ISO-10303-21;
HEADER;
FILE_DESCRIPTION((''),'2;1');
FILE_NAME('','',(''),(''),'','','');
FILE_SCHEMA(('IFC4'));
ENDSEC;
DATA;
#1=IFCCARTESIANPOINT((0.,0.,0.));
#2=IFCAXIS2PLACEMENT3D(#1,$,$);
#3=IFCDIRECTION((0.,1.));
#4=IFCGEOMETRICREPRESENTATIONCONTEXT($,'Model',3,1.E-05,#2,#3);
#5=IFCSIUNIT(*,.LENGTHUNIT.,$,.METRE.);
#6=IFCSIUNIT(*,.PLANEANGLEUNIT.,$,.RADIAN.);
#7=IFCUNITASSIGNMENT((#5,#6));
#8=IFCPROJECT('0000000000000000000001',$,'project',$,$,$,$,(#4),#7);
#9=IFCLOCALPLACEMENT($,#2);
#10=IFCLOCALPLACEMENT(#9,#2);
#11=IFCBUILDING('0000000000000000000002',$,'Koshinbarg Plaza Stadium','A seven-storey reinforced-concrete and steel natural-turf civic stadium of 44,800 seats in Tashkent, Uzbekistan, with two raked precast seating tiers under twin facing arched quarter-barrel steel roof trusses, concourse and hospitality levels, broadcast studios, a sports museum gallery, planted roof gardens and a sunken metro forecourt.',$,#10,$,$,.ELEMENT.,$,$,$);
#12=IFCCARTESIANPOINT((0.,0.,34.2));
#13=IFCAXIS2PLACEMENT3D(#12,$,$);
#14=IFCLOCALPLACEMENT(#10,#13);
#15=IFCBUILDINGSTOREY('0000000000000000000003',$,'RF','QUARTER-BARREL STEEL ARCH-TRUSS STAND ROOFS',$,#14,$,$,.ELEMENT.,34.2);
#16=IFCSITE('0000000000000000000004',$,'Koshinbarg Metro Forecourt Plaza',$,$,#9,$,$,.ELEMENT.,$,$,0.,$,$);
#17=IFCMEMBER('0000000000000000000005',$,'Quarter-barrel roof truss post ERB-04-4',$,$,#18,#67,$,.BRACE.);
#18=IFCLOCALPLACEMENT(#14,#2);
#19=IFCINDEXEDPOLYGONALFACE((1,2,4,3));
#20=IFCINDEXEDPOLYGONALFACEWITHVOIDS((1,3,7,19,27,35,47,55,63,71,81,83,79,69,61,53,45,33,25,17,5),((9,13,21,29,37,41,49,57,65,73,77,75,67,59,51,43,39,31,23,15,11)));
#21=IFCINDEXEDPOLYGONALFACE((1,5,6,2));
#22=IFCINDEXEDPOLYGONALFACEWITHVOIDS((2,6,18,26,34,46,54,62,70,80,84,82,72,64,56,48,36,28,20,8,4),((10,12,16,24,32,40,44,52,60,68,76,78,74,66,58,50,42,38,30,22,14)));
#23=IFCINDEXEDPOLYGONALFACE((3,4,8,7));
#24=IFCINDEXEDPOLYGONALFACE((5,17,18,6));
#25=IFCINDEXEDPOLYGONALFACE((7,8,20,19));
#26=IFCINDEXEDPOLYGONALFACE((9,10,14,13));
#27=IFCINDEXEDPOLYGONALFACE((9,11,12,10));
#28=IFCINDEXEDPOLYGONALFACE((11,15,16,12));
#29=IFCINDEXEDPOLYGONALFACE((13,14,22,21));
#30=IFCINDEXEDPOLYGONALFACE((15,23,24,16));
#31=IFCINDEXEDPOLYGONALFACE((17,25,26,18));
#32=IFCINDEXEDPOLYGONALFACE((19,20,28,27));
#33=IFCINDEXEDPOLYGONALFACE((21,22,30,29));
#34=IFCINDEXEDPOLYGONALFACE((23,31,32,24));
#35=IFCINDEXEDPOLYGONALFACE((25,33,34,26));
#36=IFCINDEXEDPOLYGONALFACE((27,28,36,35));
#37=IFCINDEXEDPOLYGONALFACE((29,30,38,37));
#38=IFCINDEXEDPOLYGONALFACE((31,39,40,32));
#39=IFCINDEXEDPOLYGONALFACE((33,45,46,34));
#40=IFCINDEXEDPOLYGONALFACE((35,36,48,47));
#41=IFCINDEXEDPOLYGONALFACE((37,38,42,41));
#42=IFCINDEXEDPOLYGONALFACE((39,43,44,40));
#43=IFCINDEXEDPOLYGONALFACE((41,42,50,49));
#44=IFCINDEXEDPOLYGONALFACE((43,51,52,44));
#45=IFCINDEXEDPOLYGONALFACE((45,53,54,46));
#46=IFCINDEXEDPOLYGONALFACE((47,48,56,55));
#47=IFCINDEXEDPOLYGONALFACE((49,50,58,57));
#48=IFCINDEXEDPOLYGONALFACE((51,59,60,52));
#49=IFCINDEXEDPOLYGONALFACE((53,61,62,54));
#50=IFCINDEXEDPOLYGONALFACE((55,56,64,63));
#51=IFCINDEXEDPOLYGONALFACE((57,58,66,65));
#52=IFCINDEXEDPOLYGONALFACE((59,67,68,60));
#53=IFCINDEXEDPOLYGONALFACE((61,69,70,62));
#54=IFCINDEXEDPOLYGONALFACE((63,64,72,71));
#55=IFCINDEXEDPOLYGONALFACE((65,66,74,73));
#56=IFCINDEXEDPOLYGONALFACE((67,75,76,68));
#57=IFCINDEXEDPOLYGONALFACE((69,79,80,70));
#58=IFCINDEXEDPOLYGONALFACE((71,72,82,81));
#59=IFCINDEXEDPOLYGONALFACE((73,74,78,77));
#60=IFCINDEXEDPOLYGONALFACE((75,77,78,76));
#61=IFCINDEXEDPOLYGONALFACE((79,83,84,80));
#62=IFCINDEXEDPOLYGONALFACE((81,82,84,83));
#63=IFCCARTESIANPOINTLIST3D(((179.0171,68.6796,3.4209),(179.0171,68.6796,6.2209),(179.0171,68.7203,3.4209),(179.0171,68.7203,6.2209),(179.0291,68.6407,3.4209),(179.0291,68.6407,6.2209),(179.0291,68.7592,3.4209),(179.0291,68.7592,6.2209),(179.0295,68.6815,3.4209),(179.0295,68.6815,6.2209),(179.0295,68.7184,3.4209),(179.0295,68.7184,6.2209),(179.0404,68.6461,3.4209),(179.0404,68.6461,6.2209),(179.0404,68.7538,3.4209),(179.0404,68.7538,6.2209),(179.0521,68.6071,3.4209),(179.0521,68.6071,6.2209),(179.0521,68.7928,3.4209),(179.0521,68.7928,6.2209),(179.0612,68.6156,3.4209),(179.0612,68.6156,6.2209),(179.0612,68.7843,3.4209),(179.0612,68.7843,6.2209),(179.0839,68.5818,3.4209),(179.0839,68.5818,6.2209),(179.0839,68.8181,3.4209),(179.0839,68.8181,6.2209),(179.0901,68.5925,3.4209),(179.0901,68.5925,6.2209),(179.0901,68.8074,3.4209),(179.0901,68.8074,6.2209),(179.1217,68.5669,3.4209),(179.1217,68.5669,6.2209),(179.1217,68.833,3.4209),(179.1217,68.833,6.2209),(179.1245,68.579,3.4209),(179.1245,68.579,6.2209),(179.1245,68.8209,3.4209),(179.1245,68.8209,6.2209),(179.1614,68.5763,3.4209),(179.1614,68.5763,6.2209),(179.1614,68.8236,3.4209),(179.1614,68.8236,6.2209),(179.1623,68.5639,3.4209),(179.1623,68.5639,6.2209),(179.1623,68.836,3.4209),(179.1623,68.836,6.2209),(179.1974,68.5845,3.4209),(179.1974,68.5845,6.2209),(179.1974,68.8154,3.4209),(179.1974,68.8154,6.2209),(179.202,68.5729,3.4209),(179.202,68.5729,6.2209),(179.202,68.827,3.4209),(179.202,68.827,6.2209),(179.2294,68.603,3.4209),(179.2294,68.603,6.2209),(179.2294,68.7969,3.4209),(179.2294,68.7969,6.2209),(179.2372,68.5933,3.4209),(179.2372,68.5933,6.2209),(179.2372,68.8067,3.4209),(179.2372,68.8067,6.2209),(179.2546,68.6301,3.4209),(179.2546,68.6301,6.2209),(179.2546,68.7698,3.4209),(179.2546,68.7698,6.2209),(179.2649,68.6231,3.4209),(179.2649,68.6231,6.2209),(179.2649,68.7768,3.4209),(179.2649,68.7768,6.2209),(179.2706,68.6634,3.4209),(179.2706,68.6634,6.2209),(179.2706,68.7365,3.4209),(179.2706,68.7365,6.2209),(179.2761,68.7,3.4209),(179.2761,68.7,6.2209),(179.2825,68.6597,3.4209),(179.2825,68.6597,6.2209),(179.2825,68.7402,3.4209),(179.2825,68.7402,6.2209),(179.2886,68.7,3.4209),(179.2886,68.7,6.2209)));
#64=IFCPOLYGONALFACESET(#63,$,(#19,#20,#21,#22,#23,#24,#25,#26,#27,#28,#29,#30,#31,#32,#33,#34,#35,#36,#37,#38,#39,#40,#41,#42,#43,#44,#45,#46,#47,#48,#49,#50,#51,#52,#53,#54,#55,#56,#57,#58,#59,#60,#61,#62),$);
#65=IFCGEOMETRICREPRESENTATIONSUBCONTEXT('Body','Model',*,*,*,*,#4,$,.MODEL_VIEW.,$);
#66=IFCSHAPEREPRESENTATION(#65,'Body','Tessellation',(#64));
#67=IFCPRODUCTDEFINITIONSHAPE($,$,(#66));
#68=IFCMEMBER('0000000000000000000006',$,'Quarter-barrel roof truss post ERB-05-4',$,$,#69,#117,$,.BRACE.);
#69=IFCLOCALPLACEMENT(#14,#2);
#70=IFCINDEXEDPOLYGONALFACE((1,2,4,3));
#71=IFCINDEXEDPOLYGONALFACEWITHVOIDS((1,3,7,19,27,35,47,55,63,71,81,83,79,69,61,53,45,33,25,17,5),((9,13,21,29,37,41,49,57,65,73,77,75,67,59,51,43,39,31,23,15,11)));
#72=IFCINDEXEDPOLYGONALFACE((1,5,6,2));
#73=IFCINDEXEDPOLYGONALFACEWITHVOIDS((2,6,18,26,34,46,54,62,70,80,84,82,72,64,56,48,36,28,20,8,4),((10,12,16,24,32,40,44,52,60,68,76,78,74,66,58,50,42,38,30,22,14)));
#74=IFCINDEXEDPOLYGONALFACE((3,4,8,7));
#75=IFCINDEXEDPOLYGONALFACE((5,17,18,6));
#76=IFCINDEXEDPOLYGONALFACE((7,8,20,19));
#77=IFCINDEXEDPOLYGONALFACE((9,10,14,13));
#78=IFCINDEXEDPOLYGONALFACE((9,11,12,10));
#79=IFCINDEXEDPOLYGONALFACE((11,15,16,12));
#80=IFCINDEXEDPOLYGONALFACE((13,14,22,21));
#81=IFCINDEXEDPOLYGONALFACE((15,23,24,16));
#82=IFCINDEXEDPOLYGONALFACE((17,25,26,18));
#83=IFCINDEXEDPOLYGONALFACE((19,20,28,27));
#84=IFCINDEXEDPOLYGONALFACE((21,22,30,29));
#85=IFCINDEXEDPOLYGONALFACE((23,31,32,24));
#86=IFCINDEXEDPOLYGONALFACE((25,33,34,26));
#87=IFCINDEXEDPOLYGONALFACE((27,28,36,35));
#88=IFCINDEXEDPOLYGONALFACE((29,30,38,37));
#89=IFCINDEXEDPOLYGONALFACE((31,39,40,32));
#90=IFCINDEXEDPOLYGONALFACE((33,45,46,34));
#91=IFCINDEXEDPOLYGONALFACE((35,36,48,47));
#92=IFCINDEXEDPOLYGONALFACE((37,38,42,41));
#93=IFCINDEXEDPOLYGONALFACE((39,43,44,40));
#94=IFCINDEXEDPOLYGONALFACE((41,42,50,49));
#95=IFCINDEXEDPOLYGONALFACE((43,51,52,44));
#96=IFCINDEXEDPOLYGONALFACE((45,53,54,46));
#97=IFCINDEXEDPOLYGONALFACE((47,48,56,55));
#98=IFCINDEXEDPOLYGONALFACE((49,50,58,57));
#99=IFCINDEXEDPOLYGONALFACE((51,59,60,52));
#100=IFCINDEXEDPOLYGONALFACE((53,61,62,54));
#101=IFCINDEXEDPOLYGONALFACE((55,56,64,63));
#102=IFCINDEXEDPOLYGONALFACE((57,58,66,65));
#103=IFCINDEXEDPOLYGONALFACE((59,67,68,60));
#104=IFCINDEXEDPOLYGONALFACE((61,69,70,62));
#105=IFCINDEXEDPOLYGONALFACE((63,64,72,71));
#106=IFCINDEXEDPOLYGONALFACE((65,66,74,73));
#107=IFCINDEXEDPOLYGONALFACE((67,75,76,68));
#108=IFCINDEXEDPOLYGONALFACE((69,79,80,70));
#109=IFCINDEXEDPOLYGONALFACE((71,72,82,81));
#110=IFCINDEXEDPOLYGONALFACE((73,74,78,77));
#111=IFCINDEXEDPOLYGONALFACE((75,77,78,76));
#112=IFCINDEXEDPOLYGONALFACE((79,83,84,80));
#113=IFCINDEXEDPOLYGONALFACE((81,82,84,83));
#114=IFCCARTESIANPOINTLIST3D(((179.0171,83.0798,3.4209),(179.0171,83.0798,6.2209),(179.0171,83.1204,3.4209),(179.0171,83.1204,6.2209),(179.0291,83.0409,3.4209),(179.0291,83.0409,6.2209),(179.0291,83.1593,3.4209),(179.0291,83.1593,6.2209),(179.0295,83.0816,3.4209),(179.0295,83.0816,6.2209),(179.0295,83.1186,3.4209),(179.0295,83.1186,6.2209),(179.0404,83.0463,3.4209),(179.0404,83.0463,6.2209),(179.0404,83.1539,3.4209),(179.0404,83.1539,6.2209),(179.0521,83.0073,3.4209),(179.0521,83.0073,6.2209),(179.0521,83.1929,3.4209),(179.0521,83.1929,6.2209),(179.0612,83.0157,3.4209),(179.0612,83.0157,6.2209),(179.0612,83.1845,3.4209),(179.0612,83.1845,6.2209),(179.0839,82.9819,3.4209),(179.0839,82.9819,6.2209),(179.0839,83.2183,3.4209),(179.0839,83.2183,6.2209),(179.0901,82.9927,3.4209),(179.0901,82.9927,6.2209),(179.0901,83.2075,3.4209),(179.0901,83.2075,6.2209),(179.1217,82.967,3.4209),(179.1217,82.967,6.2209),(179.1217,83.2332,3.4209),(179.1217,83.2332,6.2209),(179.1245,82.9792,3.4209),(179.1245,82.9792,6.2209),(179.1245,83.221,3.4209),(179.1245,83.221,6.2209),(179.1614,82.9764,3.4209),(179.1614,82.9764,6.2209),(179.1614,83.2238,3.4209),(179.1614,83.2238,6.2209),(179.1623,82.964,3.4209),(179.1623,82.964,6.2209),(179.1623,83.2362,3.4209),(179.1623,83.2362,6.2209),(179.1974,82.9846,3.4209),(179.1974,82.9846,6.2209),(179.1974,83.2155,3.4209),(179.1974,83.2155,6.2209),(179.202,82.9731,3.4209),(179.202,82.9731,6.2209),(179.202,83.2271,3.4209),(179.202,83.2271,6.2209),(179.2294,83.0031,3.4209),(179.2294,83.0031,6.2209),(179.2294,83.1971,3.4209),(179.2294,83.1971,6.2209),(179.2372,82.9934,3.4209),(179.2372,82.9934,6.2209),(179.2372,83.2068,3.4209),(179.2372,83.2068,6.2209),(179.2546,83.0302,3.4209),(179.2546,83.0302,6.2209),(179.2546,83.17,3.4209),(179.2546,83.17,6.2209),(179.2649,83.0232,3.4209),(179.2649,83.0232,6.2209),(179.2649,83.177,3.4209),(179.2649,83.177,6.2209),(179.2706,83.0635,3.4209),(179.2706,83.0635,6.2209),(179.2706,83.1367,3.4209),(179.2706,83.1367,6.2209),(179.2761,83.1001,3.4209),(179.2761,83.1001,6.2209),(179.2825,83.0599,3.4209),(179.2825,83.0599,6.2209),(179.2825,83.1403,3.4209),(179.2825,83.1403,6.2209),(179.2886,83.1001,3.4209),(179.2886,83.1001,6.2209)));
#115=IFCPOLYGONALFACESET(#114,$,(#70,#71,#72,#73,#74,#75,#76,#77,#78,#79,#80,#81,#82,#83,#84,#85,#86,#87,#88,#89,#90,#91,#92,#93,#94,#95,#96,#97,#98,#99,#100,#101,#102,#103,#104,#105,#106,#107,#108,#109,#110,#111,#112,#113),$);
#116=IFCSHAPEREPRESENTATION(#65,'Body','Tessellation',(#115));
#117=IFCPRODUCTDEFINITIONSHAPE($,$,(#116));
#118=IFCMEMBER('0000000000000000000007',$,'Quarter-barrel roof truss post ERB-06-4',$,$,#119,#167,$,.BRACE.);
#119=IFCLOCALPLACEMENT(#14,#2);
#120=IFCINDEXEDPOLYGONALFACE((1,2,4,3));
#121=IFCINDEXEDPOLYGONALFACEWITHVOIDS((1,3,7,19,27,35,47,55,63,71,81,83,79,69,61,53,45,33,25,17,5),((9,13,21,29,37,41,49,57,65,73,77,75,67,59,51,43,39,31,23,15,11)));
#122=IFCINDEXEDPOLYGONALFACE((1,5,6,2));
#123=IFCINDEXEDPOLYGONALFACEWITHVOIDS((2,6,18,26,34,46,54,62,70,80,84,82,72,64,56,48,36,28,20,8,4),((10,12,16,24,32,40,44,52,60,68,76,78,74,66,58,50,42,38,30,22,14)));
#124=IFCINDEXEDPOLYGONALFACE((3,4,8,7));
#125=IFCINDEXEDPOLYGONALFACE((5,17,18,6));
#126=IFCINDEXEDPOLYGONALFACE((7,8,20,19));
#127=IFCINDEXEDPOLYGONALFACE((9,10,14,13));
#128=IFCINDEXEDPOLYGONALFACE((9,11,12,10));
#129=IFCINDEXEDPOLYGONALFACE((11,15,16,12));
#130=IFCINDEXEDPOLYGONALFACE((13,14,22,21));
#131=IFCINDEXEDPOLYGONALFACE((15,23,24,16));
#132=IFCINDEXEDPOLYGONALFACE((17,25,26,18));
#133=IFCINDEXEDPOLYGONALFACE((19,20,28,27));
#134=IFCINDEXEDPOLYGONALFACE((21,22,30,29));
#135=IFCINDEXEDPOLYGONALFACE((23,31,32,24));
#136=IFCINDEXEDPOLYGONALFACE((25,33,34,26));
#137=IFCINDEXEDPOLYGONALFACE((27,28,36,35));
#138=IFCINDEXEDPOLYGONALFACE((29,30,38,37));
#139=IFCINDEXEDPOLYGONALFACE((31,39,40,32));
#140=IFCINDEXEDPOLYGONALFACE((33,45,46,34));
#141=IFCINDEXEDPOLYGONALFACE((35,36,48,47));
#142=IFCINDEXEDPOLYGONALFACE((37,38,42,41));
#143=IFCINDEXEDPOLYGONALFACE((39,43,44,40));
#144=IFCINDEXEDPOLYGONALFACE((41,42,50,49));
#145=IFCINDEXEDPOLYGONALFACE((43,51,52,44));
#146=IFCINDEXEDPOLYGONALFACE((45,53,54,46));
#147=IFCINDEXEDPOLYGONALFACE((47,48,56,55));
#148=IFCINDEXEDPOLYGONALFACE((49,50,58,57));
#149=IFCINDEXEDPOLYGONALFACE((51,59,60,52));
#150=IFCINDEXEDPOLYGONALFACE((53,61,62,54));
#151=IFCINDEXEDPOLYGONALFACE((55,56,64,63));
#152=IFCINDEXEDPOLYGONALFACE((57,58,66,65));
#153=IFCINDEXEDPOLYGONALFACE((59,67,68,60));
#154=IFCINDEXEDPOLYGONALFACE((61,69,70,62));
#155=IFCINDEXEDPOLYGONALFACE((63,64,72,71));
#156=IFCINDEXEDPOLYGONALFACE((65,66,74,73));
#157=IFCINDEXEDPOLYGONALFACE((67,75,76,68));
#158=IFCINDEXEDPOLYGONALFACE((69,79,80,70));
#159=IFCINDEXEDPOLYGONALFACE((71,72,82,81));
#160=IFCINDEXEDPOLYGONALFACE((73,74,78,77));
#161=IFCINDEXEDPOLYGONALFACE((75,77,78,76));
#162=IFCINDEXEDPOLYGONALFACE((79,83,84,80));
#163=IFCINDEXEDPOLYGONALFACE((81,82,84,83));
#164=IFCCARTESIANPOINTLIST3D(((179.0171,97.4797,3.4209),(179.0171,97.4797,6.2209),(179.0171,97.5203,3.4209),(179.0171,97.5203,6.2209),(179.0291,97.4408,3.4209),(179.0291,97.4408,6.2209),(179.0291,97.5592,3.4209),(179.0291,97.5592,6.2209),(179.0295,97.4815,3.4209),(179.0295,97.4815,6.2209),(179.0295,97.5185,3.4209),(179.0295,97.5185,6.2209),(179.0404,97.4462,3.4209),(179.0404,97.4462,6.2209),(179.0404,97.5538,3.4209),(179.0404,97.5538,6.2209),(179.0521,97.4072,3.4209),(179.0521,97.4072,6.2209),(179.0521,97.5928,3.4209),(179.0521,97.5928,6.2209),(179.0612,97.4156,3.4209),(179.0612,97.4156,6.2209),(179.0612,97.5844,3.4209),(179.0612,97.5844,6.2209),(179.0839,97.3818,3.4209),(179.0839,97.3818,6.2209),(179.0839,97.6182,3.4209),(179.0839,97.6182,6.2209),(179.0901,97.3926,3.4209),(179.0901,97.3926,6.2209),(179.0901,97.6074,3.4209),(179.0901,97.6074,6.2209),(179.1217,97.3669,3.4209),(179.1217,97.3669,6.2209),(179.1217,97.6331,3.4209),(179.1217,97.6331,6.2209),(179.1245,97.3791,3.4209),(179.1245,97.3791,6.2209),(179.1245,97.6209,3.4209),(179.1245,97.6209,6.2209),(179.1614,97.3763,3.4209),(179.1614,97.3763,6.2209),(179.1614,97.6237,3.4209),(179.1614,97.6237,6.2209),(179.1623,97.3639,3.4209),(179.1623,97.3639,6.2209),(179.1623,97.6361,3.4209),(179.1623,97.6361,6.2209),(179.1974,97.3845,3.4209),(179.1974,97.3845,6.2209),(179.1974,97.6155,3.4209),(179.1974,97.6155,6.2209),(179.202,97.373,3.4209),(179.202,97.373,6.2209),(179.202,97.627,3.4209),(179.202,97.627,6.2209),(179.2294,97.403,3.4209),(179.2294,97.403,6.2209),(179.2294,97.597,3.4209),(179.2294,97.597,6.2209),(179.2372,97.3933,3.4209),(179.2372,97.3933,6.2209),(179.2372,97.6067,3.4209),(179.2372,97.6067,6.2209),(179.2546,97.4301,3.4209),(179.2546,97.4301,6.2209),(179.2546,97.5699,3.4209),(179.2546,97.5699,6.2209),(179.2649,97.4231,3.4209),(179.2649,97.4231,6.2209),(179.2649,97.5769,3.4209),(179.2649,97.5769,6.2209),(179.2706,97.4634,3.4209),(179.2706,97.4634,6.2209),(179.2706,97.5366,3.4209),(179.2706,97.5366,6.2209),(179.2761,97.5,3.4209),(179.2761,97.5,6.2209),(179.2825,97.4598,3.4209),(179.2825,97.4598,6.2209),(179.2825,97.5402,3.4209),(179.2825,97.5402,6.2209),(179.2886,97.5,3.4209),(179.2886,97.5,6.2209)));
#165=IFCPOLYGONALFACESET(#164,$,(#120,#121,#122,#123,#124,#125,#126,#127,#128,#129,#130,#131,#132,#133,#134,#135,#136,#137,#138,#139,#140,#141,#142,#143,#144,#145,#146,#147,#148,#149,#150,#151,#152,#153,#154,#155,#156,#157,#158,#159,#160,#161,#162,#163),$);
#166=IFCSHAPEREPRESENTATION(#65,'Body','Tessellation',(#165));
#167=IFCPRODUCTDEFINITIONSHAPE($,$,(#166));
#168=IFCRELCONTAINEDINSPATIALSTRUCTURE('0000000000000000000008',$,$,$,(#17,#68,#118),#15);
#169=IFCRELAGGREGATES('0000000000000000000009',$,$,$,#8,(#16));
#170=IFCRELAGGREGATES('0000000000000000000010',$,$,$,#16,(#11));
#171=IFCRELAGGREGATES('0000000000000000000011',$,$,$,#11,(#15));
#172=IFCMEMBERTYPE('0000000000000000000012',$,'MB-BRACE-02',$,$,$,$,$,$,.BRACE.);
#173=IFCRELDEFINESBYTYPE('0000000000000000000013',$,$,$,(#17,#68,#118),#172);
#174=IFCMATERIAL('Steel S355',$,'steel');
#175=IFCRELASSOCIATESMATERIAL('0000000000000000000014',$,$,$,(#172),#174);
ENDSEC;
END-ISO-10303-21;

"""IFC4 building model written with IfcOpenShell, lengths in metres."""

from ifc_helpers import new_model, si_unit, direction, frame, origin, origin_2d, place, context, subcontext, project, spatial, hollow_circle, extrude, material, material_profile, profile_set, type_object, element, save


model = new_model("IFC4")

# Units and contexts
model_context = context("Model", 3, precision=1e-05, world=origin(), true_north=direction((0.0, 1.0)))
body_context = subcontext(model_context, "Body", "Model", "MODEL_VIEW")
ifc_project = project(units=[si_unit("LENGTHUNIT", "METRE"), si_unit("PLANEANGLEUNIT", "RADIAN")], contexts=[model_context])

# Site, building, storey
site_placement = place(None, origin())
site = spatial("IfcSite", under=ifc_project, at=site_placement, Name="Koshinbarg Metro Forecourt Plaza", CompositionType="ELEMENT", RefElevation=0.0)
building_placement = place(site_placement, origin())
building = spatial("IfcBuilding", under=site, at=building_placement, Name="Koshinbarg Plaza Stadium", Description="A seven-storey reinforced-concrete and steel natural-turf civic stadium of 44,800 seats in Tashkent, Uzbekistan, with two raked precast seating tiers under twin facing arched quarter-barrel steel roof trusses, concourse and hospitality levels, broadcast studios, a sports museum gallery, planted roof gardens and a sunken metro forecourt.", CompositionType="ELEMENT")
storey_placement = place(building_placement, frame((0.0, 0.0, 34.2)))
storey = spatial("IfcBuildingStorey", under=building, at=storey_placement, Name="RF", Description="QUARTER-BARREL STEEL ARCH-TRUSS STAND ROOFS", CompositionType="ELEMENT", Elevation=34.2)

# Members
ifc_material_1 = material(Name="Steel S355", Category="steel")
ifc_material_profile_1 = material_profile(ifc_material_1, hollow_circle(Radius=0.1365, WallThickness=0.0125, at=origin_2d()), Name="CHS 273x12.5")
ifc_profile_set_1 = profile_set([ifc_material_profile_1], Name="Steel S355")
member_type_1 = type_object("IfcMemberType", Name="MB-BRACE-02", PredefinedType="BRACE", material=ifc_profile_set_1)
for number, where, z_axis, x_axis, name in (
    (1, (179.1521, 68.7, 3.4209), (0.0, 0.0, 1.0), (1.0, 0.0, 0.0), "Quarter-barrel roof truss post ERB-04-4"),
    (2, (179.1521, 83.1001, 3.4209), (0.0, 0.0, 1.0), (1.0, 0.0, 0.0), "Quarter-barrel roof truss post ERB-05-4"),
    (3, (179.1521, 97.5, 3.4209), (0.0, 0.0, 1.0), (1.0, 0.0, 0.0), "Quarter-barrel roof truss post ERB-06-4"),
):
    element("IfcMember", number, at=place(storey_placement, frame(where, z_axis=z_axis, x_axis=x_axis)), inside=storey, type_object=member_type_1, Name=name, PredefinedType="BRACE", context=body_context, shape_type="SweptSolid", body=[
        extrude(hollow_circle(Radius=0.1365, WallThickness=0.0125, at=origin_2d()), origin(), (0.0, 0.0, 1.0), 2.8),
    ])

save(model, "model.ifc")
